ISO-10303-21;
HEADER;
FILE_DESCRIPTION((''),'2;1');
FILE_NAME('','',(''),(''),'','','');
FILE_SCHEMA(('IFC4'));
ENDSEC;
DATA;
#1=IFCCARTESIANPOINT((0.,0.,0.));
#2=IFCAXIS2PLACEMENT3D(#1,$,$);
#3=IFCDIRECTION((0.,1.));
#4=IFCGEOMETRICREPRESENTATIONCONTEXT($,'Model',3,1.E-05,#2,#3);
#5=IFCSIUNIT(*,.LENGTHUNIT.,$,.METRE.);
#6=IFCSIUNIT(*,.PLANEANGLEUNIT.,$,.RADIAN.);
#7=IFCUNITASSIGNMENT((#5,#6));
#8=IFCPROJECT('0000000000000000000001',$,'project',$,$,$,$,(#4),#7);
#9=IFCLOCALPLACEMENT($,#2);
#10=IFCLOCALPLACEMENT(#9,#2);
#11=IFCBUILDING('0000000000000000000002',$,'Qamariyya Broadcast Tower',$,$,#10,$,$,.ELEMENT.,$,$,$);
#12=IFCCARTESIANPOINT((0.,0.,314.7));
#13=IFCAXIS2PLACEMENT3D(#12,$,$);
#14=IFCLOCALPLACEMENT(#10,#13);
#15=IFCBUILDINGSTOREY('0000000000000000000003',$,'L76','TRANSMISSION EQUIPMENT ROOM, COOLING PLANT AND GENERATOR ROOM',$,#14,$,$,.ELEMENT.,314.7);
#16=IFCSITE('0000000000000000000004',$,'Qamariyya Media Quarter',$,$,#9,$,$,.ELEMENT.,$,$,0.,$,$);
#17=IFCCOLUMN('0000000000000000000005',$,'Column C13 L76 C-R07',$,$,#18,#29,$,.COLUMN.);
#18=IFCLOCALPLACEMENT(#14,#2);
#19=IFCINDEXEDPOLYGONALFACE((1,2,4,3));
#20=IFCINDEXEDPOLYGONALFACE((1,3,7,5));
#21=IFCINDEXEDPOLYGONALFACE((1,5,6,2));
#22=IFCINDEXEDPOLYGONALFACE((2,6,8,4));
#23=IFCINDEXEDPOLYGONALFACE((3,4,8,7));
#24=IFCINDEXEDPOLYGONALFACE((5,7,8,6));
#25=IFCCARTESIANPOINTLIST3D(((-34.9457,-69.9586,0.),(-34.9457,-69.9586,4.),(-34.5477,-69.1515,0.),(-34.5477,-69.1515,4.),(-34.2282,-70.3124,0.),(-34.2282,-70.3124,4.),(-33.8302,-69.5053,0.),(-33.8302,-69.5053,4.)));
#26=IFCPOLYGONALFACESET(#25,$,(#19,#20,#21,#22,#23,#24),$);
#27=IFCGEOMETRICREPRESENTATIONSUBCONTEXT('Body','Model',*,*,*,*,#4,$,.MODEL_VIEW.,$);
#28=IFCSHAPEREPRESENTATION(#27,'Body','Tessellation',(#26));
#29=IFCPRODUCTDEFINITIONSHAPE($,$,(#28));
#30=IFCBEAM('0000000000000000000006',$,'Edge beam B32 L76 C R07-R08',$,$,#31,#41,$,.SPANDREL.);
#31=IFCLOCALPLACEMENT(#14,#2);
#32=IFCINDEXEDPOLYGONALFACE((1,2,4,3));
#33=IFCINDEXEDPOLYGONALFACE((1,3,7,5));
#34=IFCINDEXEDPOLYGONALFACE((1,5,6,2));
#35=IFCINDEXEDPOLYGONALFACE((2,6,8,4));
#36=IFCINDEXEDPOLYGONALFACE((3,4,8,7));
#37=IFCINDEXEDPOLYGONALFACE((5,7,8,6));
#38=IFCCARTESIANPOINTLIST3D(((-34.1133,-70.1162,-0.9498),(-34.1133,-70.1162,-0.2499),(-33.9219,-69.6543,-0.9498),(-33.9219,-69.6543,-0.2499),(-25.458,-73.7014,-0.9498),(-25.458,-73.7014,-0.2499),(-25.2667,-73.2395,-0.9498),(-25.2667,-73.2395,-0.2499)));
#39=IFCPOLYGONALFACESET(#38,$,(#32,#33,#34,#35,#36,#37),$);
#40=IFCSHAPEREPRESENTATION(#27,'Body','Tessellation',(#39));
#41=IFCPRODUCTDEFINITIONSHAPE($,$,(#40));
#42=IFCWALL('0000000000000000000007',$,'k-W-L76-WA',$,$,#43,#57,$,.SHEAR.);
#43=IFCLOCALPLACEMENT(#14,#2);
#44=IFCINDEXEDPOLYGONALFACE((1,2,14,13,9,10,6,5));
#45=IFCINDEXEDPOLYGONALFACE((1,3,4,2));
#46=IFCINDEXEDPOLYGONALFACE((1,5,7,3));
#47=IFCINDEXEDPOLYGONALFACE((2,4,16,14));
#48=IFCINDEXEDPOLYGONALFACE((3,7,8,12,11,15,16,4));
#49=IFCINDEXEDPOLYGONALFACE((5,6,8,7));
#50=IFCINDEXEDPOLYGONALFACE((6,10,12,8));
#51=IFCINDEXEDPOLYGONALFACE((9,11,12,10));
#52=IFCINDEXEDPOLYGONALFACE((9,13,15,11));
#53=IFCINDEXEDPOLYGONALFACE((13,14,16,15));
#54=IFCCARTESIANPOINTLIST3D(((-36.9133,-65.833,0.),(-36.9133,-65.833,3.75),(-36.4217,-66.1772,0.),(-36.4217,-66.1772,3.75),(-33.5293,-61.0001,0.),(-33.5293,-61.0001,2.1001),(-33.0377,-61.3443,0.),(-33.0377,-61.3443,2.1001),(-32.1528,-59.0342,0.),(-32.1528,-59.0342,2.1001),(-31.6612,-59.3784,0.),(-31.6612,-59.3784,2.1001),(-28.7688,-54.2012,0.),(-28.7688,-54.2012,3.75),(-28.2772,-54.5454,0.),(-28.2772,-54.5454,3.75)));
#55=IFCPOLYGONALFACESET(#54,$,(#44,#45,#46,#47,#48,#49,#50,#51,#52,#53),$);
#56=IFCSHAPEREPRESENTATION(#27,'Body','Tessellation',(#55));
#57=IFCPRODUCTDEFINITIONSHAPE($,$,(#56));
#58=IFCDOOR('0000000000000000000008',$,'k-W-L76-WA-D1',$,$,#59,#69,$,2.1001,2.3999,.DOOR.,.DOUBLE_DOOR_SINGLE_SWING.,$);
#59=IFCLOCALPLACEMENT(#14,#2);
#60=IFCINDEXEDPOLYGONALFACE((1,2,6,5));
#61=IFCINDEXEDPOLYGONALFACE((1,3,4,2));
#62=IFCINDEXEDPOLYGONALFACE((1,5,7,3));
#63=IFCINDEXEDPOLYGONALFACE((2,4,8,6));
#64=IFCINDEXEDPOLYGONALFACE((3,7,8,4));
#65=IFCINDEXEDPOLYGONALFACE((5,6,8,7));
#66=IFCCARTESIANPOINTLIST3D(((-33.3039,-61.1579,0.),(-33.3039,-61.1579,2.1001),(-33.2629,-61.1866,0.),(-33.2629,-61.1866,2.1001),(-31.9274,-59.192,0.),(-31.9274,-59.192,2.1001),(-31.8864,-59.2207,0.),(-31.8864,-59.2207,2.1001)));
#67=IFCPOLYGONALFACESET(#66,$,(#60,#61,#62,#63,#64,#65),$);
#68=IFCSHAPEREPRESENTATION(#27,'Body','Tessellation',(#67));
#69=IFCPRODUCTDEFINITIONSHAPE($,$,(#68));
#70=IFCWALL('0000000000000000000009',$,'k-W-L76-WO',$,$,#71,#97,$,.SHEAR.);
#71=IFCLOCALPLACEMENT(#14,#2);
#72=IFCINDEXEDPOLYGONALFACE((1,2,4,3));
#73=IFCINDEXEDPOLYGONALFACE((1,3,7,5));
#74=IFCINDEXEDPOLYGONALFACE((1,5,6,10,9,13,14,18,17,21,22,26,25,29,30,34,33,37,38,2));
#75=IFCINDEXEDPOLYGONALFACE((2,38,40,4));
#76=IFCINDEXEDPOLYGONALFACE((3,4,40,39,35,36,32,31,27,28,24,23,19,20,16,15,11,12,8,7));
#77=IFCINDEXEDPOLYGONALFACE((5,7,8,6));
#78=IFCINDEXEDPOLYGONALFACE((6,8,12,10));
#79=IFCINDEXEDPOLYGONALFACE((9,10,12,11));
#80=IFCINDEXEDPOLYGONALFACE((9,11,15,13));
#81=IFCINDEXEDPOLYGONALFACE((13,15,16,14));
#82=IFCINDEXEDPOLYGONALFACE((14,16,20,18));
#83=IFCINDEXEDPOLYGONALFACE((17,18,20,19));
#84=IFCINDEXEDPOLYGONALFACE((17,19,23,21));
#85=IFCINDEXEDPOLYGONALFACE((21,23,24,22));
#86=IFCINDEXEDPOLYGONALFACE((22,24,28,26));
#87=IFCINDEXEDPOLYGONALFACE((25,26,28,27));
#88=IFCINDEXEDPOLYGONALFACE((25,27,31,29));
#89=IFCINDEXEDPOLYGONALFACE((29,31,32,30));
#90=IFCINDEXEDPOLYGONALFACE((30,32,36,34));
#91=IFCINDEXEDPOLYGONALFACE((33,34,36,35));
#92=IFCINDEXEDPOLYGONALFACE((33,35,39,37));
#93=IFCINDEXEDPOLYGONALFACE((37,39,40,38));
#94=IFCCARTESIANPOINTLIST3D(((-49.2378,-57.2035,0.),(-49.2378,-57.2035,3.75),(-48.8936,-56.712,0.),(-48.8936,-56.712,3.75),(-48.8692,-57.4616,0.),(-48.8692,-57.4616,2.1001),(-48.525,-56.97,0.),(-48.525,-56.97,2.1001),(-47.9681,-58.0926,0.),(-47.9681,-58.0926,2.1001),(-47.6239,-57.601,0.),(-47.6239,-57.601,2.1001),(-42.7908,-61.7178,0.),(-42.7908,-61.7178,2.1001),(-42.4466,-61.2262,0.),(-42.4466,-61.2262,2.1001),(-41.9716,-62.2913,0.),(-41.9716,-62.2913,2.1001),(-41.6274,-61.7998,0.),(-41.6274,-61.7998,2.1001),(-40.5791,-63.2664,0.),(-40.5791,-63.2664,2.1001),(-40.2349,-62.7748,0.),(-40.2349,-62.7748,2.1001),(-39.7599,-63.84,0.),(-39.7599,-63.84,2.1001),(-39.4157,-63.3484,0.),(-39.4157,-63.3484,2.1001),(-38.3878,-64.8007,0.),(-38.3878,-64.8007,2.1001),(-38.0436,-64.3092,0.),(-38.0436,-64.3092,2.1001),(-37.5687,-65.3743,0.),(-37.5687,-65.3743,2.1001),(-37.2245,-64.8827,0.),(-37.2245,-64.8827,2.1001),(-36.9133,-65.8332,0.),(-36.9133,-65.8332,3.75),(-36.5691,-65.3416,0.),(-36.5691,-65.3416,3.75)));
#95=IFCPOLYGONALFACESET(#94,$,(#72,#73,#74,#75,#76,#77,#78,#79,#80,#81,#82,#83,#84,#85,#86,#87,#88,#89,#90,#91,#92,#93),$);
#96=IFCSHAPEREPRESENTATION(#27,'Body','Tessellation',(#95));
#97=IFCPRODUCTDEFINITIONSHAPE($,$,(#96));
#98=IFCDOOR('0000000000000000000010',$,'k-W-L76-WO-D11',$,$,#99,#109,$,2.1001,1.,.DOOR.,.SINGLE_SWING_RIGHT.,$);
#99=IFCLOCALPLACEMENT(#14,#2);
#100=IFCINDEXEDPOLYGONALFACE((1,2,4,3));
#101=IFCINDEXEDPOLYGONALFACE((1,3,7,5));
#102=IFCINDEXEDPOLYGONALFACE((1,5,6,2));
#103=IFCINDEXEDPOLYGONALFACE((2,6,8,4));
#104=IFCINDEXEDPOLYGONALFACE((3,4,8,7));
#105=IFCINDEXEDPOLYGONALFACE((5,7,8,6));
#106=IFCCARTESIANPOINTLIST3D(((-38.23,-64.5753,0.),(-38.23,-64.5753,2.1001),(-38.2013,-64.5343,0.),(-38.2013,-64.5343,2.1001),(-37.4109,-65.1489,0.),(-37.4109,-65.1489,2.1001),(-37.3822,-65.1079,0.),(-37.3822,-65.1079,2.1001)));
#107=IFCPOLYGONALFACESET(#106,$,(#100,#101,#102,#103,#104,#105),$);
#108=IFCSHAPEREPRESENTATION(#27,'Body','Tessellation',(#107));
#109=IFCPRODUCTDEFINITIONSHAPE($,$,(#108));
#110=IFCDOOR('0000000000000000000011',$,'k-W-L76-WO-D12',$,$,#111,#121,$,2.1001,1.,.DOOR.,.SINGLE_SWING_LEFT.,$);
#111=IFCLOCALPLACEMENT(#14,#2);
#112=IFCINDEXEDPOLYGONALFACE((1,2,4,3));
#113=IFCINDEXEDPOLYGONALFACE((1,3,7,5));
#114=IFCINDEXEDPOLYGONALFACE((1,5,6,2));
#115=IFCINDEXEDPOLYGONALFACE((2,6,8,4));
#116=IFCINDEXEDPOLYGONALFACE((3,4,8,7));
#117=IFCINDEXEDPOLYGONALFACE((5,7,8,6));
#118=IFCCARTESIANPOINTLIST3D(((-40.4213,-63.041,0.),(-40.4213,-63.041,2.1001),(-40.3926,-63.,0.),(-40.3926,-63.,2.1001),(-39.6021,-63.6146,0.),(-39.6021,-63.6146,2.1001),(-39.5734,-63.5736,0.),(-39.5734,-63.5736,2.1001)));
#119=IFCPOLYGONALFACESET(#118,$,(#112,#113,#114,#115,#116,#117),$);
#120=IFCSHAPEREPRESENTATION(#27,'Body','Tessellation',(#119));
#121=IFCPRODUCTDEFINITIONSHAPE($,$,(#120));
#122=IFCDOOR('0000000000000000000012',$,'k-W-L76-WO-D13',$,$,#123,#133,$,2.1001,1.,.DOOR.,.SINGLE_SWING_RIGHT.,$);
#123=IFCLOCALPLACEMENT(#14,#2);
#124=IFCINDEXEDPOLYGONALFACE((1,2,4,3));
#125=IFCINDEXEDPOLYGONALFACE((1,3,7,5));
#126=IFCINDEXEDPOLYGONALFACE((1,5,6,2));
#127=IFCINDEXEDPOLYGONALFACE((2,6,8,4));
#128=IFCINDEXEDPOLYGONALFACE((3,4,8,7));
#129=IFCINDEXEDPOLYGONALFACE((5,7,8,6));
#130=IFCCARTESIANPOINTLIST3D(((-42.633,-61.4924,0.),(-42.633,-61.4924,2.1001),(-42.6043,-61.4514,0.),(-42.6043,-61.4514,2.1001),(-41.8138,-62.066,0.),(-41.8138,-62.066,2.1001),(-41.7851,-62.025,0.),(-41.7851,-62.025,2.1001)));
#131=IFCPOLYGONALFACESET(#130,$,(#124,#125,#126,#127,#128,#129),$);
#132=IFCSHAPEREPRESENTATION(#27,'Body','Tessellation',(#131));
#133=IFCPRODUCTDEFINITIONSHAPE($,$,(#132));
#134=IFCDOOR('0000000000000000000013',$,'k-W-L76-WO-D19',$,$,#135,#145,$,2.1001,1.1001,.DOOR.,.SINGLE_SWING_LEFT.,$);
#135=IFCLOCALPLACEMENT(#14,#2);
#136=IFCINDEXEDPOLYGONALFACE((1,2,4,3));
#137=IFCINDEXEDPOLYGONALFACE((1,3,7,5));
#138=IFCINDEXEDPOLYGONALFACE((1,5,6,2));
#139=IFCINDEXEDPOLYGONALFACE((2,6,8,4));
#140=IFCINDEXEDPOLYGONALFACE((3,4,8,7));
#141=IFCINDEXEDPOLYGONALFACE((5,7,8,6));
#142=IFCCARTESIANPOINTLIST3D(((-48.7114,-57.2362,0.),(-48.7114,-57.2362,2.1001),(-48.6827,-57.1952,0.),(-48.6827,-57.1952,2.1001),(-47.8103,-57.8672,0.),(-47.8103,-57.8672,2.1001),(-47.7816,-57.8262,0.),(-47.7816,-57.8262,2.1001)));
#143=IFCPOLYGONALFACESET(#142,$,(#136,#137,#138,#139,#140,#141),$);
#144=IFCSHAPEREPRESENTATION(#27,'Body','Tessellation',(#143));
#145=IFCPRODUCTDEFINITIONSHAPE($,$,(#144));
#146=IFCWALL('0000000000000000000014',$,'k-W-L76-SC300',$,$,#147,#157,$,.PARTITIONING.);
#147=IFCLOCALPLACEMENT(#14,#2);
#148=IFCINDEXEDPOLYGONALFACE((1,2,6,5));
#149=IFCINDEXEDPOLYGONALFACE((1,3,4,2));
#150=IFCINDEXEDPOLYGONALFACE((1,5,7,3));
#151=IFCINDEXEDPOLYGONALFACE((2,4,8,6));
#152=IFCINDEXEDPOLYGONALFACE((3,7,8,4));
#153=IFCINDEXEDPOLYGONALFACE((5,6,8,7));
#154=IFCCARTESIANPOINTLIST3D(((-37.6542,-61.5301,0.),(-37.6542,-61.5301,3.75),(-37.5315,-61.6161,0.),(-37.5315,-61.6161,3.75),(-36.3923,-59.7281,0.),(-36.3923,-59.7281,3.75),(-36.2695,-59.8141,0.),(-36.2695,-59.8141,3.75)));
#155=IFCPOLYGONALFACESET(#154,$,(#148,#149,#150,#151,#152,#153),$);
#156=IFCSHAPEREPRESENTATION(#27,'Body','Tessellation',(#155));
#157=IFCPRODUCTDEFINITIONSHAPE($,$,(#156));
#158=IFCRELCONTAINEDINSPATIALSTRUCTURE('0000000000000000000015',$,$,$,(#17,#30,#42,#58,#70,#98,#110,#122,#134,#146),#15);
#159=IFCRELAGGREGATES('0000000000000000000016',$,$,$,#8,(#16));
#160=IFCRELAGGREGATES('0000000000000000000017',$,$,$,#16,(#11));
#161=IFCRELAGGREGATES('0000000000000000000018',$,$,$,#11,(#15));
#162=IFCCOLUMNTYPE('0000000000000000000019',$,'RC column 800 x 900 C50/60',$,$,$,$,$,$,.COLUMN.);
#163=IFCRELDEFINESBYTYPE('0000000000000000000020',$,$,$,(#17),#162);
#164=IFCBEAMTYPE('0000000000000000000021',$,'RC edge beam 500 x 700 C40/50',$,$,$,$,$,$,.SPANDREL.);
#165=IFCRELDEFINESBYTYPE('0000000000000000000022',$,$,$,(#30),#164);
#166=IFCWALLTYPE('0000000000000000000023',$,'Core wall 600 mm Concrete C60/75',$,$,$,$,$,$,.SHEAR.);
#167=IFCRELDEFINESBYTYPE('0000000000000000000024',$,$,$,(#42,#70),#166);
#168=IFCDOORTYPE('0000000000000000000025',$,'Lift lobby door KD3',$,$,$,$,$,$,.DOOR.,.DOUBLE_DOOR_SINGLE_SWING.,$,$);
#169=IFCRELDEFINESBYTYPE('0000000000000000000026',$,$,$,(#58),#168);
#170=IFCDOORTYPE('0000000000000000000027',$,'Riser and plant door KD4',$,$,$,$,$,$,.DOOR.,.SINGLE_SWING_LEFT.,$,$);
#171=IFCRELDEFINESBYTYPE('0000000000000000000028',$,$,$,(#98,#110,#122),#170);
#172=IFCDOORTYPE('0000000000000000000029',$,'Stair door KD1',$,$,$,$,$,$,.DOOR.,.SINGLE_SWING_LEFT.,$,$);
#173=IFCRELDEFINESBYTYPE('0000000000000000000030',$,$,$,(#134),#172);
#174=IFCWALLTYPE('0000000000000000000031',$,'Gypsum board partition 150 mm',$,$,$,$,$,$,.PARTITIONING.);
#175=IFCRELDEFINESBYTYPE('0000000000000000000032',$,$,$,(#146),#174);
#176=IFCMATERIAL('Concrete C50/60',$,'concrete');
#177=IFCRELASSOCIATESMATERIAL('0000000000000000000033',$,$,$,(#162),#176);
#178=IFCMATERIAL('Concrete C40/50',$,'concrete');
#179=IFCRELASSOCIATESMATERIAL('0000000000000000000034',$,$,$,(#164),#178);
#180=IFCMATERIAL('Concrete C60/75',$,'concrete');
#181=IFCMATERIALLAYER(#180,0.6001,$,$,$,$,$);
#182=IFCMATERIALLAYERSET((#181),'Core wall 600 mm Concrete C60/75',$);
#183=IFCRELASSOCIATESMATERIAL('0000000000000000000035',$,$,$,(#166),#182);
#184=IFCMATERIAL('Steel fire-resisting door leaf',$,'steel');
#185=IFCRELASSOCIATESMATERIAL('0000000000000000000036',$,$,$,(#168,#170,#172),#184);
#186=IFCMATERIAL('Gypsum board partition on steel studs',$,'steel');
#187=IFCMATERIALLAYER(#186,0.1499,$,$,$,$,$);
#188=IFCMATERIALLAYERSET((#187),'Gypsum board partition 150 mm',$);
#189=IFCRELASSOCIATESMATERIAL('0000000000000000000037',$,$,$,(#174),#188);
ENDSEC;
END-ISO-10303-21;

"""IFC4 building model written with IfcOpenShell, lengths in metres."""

from ifc_helpers import new_model, si_unit, direction, frame, frame_2d, origin, origin_2d, place, context, subcontext, project, spatial, rectangle, extrude, material, layer, layer_set, material_profile, profile_set, type_object, element, fill, save


model = new_model("IFC4")

# Units and contexts
model_context = context("Model", 3, precision=1e-05, world=origin(), true_north=direction((0.0, 1.0)))
body_context = subcontext(model_context, "Body", "Model", "MODEL_VIEW")
ifc_project = project(units=[si_unit("LENGTHUNIT", "METRE"), si_unit("PLANEANGLEUNIT", "RADIAN")], contexts=[model_context])

# Site, building, storey
site_placement = place(None, origin())
site = spatial("IfcSite", under=ifc_project, at=site_placement, Name="Qamariyya Media Quarter", CompositionType="ELEMENT", RefElevation=0.0)
building_placement = place(site_placement, origin())
building = spatial("IfcBuilding", under=site, at=building_placement, Name="Qamariyya Broadcast Tower", CompositionType="ELEMENT")
storey_placement = place(building_placement, frame((0.0, 0.0, 314.7)))
storey = spatial("IfcBuildingStorey", under=building, at=storey_placement, Name="L76", Description="TRANSMISSION EQUIPMENT ROOM, COOLING PLANT AND GENERATOR ROOM", CompositionType="ELEMENT", Elevation=314.7)

# Column
ifc_material_1 = material(Name="Concrete C50/60", Category="concrete")
ifc_material_profile_1 = material_profile(ifc_material_1, rectangle(XDim=0.8, YDim=0.8999, at=origin_2d()))
ifc_profile_set_1 = profile_set([ifc_material_profile_1], Name="Concrete C50/60")
column_type = type_object("IfcColumnType", Name="RC column 800 x 900 C50/60", PredefinedType="COLUMN", material=ifc_profile_set_1)
column_placement = place(storey_placement, frame((-34.3879, -69.7319, 0.0), z_axis=(0.0, 0.0, 1.0), x_axis=(0.896873, -0.442289, 0.0)))
element("IfcColumn", 1, at=column_placement, inside=storey, type_object=column_type, Name="Column C13 L76 C-R07", PredefinedType="COLUMN", context=body_context, shape_type="SweptSolid", body=[
    extrude(rectangle(XDim=0.8, YDim=0.8999, at=origin_2d()), origin(), (0.0, 0.0, 1.0), 4.0),
])

# Beam
ifc_material_2 = material(Name="Concrete C40/50", Category="concrete")
ifc_material_profile_2 = material_profile(ifc_material_2, rectangle(XDim=0.5, YDim=0.7, at=origin_2d()))
ifc_profile_set_2 = profile_set([ifc_material_profile_2], Name="Concrete C40/50")
beam_type = type_object("IfcBeamType", Name="RC edge beam 500 x 700 C40/50", PredefinedType="SPANDREL", material=ifc_profile_set_2)
beam_placement = place(storey_placement, frame((-34.0176, -69.8853, -0.5999), z_axis=(0.923877, -0.38269, 0.0), x_axis=(0.38269, 0.923877, 0.0)))
element("IfcBeam", 2, at=beam_placement, inside=storey, type_object=beam_type, Name="Edge beam B32 L76 C R07-R08", PredefinedType="SPANDREL", context=body_context, shape_type="SweptSolid", body=[
    extrude(rectangle(XDim=0.5, YDim=0.7, at=origin_2d()), origin(), (0.0, 0.0, 1.0), 9.3684),
])

# Wall, opening, door
ifc_material_3 = material(Name="Concrete C60/75", Category="concrete")
ifc_layer_1 = layer(ifc_material_3, 0.6001)
ifc_layer_set_1 = layer_set([ifc_layer_1], Name="Core wall 600 mm Concrete C60/75")
wall_type_1 = type_object("IfcWallType", Name="Core wall 600 mm Concrete C60/75", PredefinedType="SHEAR", material=ifc_layer_set_1)
wall_1_placement = place(storey_placement, frame((-36.6675, -66.0051, 0.0), z_axis=(0.0, 0.0, 1.0), x_axis=(0.573568, 0.819158, 0.0)))
wall_1 = element("IfcWall", 3, at=wall_1_placement, inside=storey, type_object=wall_type_1, Name="k-W-L76-WA", PredefinedType="SHEAR", context=body_context, shape_type="SweptSolid", body=[
    extrude(rectangle(XDim=14.1997, YDim=0.6001, at=frame_2d((7.0999, 0.0))), origin(), (0.0, 0.0, 1.0), 3.75),
])
opening_1_placement = place(wall_1_placement, frame((5.8999, 0.0, 0.0)))
opening_1 = element("IfcOpeningElement", 4, at=opening_1_placement, cuts=wall_1, PredefinedType="OPENING", context=body_context, shape_type="SweptSolid", body=[
    extrude(rectangle(XDim=2.3999, YDim=2.1001, at=frame_2d((1.2, 1.05))), frame((0.0, 0.3101, 0.0), z_axis=(0.0, -1.0, 0.0), x_axis=(1.0, 0.0, 0.0)), (0.0, 0.0, 1.0), 0.6201),
])
ifc_material_4 = material(Name="Steel fire-resisting door leaf", Category="steel")
door_type_1 = type_object("IfcDoorType", Name="Lift lobby door KD3", OperationType="DOUBLE_DOOR_SINGLE_SWING", PredefinedType="DOOR", material=ifc_material_4)
door_1_placement = place(opening_1_placement, origin())
door_1 = element("IfcDoor", 5, at=door_1_placement, inside=storey, type_object=door_type_1, Name="k-W-L76-WA-D1", OperationType="DOUBLE_DOOR_SINGLE_SWING", OverallHeight=2.1001, OverallWidth=2.3999, PredefinedType="DOOR", context=body_context, shape_type="SweptSolid", body=[
    extrude(rectangle(XDim=2.3999, YDim=2.1001, at=frame_2d((1.2, 1.05))), frame((0.0, 0.0249, 0.0), z_axis=(0.0, -1.0, 0.0), x_axis=(1.0, 0.0, 0.0)), (0.0, 0.0, 1.0), 0.05),
])
fill(opening_1, door_1)

# Wall, openings, doors
wall_2_placement = place(storey_placement, frame((-36.7412, -65.5874, 0.0), z_axis=(0.0, 0.0, 1.0), x_axis=(-0.819153, 0.573575, 0.0)))
wall_2 = element("IfcWall", 6, at=wall_2_placement, inside=storey, type_object=wall_type_1, Name="k-W-L76-WO", PredefinedType="SHEAR", context=body_context, shape_type="SweptSolid", body=[
    extrude(rectangle(XDim=15.0454, YDim=0.6001, at=frame_2d((7.5227, 0.0))), origin(), (0.0, 0.0, 1.0), 3.75),
])
opening_2_placement = place(wall_2_placement, frame((0.8, 0.0, 0.0)))
opening_2 = element("IfcOpeningElement", 7, at=opening_2_placement, cuts=wall_2, PredefinedType="OPENING", context=body_context, shape_type="SweptSolid", body=[
    extrude(rectangle(XDim=1.0, YDim=2.1001, at=frame_2d((0.5, 1.05))), frame((0.0, 0.3101, 0.0), z_axis=(0.0, -1.0, 0.0), x_axis=(1.0, 0.0, 0.0)), (0.0, 0.0, 1.0), 0.6201),
])
opening_3_placement = place(wall_2_placement, frame((3.4751, 0.0, 0.0)))
opening_3 = element("IfcOpeningElement", 8, at=opening_3_placement, cuts=wall_2, PredefinedType="OPENING", context=body_context, shape_type="SweptSolid", body=[
    extrude(rectangle(XDim=1.0, YDim=2.1001, at=frame_2d((0.5, 1.05))), frame((0.0, 0.3101, 0.0), z_axis=(0.0, -1.0, 0.0), x_axis=(1.0, 0.0, 0.0)), (0.0, 0.0, 1.0), 0.6201),
])
opening_4_placement = place(wall_2_placement, frame((6.175, 0.0, 0.0)))
opening_4 = element("IfcOpeningElement", 9, at=opening_4_placement, cuts=wall_2, PredefinedType="OPENING", context=body_context, shape_type="SweptSolid", body=[
    extrude(rectangle(XDim=1.0, YDim=2.1001, at=frame_2d((0.5, 1.05))), frame((0.0, 0.3101, 0.0), z_axis=(0.0, -1.0, 0.0), x_axis=(1.0, 0.0, 0.0)), (0.0, 0.0, 1.0), 0.6201),
])
opening_5_placement = place(wall_2_placement, frame((13.4954, 0.0, 0.0)))
opening_5 = element("IfcOpeningElement", 10, at=opening_5_placement, cuts=wall_2, PredefinedType="OPENING", context=body_context, shape_type="SweptSolid", body=[
    extrude(rectangle(XDim=1.1001, YDim=2.1001, at=frame_2d((0.55, 1.05))), frame((0.0, 0.3101, 0.0), z_axis=(0.0, -1.0, 0.0), x_axis=(1.0, 0.0, 0.0)), (0.0, 0.0, 1.0), 0.6201),
])
door_type_2 = type_object("IfcDoorType", Name="Riser and plant door KD4", OperationType="SINGLE_SWING_LEFT", PredefinedType="DOOR", material=ifc_material_4)
door_2_placement = place(opening_2_placement, origin())
door_2 = element("IfcDoor", 11, at=door_2_placement, inside=storey, type_object=door_type_2, Name="k-W-L76-WO-D11", OperationType="SINGLE_SWING_RIGHT", OverallHeight=2.1001, OverallWidth=1.0, PredefinedType="DOOR", context=body_context, shape_type="SweptSolid", body=[
    extrude(rectangle(XDim=1.0, YDim=2.1001, at=frame_2d((0.5, 1.05))), frame((0.0, 0.0249, 0.0), z_axis=(0.0, -1.0, 0.0), x_axis=(1.0, 0.0, 0.0)), (0.0, 0.0, 1.0), 0.05),
])
fill(opening_2, door_2)
door_3_placement = place(opening_3_placement, origin())
door_3 = element("IfcDoor", 12, at=door_3_placement, inside=storey, type_object=door_type_2, Name="k-W-L76-WO-D12", OperationType="SINGLE_SWING_LEFT", OverallHeight=2.1001, OverallWidth=1.0, PredefinedType="DOOR", context=body_context, shape_type="SweptSolid", body=[
    extrude(rectangle(XDim=1.0, YDim=2.1001, at=frame_2d((0.5, 1.05))), frame((0.0, 0.0249, 0.0), z_axis=(0.0, -1.0, 0.0), x_axis=(1.0, 0.0, 0.0)), (0.0, 0.0, 1.0), 0.05),
])
fill(opening_3, door_3)
door_4_placement = place(opening_4_placement, origin())
door_4 = element("IfcDoor", 13, at=door_4_placement, inside=storey, type_object=door_type_2, Name="k-W-L76-WO-D13", OperationType="SINGLE_SWING_RIGHT", OverallHeight=2.1001, OverallWidth=1.0, PredefinedType="DOOR", context=body_context, shape_type="SweptSolid", body=[
    extrude(rectangle(XDim=1.0, YDim=2.1001, at=frame_2d((0.5, 1.05))), frame((0.0, 0.0249, 0.0), z_axis=(0.0, -1.0, 0.0), x_axis=(1.0, 0.0, 0.0)), (0.0, 0.0, 1.0), 0.05),
])
fill(opening_4, door_4)
door_type_3 = type_object("IfcDoorType", Name="Stair door KD1", OperationType="SINGLE_SWING_LEFT", PredefinedType="DOOR", material=ifc_material_4)
door_5_placement = place(opening_5_placement, origin())
door_5 = element("IfcDoor", 14, at=door_5_placement, inside=storey, type_object=door_type_3, Name="k-W-L76-WO-D19", OperationType="SINGLE_SWING_LEFT", OverallHeight=2.1001, OverallWidth=1.1001, PredefinedType="DOOR", context=body_context, shape_type="SweptSolid", body=[
    extrude(rectangle(XDim=1.1001, YDim=2.1001, at=frame_2d((0.55, 1.05))), frame((0.0, 0.0249, 0.0), z_axis=(0.0, -1.0, 0.0), x_axis=(1.0, 0.0, 0.0)), (0.0, 0.0, 1.0), 0.05),
])
fill(opening_5, door_5)

# Wall
ifc_material_5 = material(Name="Gypsum board partition on steel studs", Category="steel")
ifc_layer_2 = layer(ifc_material_5, 0.1499)
ifc_layer_set_2 = layer_set([ifc_layer_2], Name="Gypsum board partition 150 mm")
wall_type_2 = type_object("IfcWallType", Name="Gypsum board partition 150 mm", PredefinedType="PARTITIONING", material=ifc_layer_set_2)
for number, where, z_axis, x_axis, name in (
    (15, (-36.3308, -59.771, 0.0), (0.0, 0.0, 1.0), (-0.573634, -0.819112, 0.0), "k-W-L76-SC300"),
):
    element("IfcWall", number, at=place(storey_placement, frame(where, z_axis=z_axis, x_axis=x_axis)), inside=storey, type_object=wall_type_2, Name=name, PredefinedType="PARTITIONING", context=body_context, shape_type="SweptSolid", body=[
        extrude(rectangle(XDim=2.2, YDim=0.1499, at=frame_2d((1.1001, 0.0))), origin(), (0.0, 0.0, 1.0), 3.75),
    ])

save(model, "model.ifc")
